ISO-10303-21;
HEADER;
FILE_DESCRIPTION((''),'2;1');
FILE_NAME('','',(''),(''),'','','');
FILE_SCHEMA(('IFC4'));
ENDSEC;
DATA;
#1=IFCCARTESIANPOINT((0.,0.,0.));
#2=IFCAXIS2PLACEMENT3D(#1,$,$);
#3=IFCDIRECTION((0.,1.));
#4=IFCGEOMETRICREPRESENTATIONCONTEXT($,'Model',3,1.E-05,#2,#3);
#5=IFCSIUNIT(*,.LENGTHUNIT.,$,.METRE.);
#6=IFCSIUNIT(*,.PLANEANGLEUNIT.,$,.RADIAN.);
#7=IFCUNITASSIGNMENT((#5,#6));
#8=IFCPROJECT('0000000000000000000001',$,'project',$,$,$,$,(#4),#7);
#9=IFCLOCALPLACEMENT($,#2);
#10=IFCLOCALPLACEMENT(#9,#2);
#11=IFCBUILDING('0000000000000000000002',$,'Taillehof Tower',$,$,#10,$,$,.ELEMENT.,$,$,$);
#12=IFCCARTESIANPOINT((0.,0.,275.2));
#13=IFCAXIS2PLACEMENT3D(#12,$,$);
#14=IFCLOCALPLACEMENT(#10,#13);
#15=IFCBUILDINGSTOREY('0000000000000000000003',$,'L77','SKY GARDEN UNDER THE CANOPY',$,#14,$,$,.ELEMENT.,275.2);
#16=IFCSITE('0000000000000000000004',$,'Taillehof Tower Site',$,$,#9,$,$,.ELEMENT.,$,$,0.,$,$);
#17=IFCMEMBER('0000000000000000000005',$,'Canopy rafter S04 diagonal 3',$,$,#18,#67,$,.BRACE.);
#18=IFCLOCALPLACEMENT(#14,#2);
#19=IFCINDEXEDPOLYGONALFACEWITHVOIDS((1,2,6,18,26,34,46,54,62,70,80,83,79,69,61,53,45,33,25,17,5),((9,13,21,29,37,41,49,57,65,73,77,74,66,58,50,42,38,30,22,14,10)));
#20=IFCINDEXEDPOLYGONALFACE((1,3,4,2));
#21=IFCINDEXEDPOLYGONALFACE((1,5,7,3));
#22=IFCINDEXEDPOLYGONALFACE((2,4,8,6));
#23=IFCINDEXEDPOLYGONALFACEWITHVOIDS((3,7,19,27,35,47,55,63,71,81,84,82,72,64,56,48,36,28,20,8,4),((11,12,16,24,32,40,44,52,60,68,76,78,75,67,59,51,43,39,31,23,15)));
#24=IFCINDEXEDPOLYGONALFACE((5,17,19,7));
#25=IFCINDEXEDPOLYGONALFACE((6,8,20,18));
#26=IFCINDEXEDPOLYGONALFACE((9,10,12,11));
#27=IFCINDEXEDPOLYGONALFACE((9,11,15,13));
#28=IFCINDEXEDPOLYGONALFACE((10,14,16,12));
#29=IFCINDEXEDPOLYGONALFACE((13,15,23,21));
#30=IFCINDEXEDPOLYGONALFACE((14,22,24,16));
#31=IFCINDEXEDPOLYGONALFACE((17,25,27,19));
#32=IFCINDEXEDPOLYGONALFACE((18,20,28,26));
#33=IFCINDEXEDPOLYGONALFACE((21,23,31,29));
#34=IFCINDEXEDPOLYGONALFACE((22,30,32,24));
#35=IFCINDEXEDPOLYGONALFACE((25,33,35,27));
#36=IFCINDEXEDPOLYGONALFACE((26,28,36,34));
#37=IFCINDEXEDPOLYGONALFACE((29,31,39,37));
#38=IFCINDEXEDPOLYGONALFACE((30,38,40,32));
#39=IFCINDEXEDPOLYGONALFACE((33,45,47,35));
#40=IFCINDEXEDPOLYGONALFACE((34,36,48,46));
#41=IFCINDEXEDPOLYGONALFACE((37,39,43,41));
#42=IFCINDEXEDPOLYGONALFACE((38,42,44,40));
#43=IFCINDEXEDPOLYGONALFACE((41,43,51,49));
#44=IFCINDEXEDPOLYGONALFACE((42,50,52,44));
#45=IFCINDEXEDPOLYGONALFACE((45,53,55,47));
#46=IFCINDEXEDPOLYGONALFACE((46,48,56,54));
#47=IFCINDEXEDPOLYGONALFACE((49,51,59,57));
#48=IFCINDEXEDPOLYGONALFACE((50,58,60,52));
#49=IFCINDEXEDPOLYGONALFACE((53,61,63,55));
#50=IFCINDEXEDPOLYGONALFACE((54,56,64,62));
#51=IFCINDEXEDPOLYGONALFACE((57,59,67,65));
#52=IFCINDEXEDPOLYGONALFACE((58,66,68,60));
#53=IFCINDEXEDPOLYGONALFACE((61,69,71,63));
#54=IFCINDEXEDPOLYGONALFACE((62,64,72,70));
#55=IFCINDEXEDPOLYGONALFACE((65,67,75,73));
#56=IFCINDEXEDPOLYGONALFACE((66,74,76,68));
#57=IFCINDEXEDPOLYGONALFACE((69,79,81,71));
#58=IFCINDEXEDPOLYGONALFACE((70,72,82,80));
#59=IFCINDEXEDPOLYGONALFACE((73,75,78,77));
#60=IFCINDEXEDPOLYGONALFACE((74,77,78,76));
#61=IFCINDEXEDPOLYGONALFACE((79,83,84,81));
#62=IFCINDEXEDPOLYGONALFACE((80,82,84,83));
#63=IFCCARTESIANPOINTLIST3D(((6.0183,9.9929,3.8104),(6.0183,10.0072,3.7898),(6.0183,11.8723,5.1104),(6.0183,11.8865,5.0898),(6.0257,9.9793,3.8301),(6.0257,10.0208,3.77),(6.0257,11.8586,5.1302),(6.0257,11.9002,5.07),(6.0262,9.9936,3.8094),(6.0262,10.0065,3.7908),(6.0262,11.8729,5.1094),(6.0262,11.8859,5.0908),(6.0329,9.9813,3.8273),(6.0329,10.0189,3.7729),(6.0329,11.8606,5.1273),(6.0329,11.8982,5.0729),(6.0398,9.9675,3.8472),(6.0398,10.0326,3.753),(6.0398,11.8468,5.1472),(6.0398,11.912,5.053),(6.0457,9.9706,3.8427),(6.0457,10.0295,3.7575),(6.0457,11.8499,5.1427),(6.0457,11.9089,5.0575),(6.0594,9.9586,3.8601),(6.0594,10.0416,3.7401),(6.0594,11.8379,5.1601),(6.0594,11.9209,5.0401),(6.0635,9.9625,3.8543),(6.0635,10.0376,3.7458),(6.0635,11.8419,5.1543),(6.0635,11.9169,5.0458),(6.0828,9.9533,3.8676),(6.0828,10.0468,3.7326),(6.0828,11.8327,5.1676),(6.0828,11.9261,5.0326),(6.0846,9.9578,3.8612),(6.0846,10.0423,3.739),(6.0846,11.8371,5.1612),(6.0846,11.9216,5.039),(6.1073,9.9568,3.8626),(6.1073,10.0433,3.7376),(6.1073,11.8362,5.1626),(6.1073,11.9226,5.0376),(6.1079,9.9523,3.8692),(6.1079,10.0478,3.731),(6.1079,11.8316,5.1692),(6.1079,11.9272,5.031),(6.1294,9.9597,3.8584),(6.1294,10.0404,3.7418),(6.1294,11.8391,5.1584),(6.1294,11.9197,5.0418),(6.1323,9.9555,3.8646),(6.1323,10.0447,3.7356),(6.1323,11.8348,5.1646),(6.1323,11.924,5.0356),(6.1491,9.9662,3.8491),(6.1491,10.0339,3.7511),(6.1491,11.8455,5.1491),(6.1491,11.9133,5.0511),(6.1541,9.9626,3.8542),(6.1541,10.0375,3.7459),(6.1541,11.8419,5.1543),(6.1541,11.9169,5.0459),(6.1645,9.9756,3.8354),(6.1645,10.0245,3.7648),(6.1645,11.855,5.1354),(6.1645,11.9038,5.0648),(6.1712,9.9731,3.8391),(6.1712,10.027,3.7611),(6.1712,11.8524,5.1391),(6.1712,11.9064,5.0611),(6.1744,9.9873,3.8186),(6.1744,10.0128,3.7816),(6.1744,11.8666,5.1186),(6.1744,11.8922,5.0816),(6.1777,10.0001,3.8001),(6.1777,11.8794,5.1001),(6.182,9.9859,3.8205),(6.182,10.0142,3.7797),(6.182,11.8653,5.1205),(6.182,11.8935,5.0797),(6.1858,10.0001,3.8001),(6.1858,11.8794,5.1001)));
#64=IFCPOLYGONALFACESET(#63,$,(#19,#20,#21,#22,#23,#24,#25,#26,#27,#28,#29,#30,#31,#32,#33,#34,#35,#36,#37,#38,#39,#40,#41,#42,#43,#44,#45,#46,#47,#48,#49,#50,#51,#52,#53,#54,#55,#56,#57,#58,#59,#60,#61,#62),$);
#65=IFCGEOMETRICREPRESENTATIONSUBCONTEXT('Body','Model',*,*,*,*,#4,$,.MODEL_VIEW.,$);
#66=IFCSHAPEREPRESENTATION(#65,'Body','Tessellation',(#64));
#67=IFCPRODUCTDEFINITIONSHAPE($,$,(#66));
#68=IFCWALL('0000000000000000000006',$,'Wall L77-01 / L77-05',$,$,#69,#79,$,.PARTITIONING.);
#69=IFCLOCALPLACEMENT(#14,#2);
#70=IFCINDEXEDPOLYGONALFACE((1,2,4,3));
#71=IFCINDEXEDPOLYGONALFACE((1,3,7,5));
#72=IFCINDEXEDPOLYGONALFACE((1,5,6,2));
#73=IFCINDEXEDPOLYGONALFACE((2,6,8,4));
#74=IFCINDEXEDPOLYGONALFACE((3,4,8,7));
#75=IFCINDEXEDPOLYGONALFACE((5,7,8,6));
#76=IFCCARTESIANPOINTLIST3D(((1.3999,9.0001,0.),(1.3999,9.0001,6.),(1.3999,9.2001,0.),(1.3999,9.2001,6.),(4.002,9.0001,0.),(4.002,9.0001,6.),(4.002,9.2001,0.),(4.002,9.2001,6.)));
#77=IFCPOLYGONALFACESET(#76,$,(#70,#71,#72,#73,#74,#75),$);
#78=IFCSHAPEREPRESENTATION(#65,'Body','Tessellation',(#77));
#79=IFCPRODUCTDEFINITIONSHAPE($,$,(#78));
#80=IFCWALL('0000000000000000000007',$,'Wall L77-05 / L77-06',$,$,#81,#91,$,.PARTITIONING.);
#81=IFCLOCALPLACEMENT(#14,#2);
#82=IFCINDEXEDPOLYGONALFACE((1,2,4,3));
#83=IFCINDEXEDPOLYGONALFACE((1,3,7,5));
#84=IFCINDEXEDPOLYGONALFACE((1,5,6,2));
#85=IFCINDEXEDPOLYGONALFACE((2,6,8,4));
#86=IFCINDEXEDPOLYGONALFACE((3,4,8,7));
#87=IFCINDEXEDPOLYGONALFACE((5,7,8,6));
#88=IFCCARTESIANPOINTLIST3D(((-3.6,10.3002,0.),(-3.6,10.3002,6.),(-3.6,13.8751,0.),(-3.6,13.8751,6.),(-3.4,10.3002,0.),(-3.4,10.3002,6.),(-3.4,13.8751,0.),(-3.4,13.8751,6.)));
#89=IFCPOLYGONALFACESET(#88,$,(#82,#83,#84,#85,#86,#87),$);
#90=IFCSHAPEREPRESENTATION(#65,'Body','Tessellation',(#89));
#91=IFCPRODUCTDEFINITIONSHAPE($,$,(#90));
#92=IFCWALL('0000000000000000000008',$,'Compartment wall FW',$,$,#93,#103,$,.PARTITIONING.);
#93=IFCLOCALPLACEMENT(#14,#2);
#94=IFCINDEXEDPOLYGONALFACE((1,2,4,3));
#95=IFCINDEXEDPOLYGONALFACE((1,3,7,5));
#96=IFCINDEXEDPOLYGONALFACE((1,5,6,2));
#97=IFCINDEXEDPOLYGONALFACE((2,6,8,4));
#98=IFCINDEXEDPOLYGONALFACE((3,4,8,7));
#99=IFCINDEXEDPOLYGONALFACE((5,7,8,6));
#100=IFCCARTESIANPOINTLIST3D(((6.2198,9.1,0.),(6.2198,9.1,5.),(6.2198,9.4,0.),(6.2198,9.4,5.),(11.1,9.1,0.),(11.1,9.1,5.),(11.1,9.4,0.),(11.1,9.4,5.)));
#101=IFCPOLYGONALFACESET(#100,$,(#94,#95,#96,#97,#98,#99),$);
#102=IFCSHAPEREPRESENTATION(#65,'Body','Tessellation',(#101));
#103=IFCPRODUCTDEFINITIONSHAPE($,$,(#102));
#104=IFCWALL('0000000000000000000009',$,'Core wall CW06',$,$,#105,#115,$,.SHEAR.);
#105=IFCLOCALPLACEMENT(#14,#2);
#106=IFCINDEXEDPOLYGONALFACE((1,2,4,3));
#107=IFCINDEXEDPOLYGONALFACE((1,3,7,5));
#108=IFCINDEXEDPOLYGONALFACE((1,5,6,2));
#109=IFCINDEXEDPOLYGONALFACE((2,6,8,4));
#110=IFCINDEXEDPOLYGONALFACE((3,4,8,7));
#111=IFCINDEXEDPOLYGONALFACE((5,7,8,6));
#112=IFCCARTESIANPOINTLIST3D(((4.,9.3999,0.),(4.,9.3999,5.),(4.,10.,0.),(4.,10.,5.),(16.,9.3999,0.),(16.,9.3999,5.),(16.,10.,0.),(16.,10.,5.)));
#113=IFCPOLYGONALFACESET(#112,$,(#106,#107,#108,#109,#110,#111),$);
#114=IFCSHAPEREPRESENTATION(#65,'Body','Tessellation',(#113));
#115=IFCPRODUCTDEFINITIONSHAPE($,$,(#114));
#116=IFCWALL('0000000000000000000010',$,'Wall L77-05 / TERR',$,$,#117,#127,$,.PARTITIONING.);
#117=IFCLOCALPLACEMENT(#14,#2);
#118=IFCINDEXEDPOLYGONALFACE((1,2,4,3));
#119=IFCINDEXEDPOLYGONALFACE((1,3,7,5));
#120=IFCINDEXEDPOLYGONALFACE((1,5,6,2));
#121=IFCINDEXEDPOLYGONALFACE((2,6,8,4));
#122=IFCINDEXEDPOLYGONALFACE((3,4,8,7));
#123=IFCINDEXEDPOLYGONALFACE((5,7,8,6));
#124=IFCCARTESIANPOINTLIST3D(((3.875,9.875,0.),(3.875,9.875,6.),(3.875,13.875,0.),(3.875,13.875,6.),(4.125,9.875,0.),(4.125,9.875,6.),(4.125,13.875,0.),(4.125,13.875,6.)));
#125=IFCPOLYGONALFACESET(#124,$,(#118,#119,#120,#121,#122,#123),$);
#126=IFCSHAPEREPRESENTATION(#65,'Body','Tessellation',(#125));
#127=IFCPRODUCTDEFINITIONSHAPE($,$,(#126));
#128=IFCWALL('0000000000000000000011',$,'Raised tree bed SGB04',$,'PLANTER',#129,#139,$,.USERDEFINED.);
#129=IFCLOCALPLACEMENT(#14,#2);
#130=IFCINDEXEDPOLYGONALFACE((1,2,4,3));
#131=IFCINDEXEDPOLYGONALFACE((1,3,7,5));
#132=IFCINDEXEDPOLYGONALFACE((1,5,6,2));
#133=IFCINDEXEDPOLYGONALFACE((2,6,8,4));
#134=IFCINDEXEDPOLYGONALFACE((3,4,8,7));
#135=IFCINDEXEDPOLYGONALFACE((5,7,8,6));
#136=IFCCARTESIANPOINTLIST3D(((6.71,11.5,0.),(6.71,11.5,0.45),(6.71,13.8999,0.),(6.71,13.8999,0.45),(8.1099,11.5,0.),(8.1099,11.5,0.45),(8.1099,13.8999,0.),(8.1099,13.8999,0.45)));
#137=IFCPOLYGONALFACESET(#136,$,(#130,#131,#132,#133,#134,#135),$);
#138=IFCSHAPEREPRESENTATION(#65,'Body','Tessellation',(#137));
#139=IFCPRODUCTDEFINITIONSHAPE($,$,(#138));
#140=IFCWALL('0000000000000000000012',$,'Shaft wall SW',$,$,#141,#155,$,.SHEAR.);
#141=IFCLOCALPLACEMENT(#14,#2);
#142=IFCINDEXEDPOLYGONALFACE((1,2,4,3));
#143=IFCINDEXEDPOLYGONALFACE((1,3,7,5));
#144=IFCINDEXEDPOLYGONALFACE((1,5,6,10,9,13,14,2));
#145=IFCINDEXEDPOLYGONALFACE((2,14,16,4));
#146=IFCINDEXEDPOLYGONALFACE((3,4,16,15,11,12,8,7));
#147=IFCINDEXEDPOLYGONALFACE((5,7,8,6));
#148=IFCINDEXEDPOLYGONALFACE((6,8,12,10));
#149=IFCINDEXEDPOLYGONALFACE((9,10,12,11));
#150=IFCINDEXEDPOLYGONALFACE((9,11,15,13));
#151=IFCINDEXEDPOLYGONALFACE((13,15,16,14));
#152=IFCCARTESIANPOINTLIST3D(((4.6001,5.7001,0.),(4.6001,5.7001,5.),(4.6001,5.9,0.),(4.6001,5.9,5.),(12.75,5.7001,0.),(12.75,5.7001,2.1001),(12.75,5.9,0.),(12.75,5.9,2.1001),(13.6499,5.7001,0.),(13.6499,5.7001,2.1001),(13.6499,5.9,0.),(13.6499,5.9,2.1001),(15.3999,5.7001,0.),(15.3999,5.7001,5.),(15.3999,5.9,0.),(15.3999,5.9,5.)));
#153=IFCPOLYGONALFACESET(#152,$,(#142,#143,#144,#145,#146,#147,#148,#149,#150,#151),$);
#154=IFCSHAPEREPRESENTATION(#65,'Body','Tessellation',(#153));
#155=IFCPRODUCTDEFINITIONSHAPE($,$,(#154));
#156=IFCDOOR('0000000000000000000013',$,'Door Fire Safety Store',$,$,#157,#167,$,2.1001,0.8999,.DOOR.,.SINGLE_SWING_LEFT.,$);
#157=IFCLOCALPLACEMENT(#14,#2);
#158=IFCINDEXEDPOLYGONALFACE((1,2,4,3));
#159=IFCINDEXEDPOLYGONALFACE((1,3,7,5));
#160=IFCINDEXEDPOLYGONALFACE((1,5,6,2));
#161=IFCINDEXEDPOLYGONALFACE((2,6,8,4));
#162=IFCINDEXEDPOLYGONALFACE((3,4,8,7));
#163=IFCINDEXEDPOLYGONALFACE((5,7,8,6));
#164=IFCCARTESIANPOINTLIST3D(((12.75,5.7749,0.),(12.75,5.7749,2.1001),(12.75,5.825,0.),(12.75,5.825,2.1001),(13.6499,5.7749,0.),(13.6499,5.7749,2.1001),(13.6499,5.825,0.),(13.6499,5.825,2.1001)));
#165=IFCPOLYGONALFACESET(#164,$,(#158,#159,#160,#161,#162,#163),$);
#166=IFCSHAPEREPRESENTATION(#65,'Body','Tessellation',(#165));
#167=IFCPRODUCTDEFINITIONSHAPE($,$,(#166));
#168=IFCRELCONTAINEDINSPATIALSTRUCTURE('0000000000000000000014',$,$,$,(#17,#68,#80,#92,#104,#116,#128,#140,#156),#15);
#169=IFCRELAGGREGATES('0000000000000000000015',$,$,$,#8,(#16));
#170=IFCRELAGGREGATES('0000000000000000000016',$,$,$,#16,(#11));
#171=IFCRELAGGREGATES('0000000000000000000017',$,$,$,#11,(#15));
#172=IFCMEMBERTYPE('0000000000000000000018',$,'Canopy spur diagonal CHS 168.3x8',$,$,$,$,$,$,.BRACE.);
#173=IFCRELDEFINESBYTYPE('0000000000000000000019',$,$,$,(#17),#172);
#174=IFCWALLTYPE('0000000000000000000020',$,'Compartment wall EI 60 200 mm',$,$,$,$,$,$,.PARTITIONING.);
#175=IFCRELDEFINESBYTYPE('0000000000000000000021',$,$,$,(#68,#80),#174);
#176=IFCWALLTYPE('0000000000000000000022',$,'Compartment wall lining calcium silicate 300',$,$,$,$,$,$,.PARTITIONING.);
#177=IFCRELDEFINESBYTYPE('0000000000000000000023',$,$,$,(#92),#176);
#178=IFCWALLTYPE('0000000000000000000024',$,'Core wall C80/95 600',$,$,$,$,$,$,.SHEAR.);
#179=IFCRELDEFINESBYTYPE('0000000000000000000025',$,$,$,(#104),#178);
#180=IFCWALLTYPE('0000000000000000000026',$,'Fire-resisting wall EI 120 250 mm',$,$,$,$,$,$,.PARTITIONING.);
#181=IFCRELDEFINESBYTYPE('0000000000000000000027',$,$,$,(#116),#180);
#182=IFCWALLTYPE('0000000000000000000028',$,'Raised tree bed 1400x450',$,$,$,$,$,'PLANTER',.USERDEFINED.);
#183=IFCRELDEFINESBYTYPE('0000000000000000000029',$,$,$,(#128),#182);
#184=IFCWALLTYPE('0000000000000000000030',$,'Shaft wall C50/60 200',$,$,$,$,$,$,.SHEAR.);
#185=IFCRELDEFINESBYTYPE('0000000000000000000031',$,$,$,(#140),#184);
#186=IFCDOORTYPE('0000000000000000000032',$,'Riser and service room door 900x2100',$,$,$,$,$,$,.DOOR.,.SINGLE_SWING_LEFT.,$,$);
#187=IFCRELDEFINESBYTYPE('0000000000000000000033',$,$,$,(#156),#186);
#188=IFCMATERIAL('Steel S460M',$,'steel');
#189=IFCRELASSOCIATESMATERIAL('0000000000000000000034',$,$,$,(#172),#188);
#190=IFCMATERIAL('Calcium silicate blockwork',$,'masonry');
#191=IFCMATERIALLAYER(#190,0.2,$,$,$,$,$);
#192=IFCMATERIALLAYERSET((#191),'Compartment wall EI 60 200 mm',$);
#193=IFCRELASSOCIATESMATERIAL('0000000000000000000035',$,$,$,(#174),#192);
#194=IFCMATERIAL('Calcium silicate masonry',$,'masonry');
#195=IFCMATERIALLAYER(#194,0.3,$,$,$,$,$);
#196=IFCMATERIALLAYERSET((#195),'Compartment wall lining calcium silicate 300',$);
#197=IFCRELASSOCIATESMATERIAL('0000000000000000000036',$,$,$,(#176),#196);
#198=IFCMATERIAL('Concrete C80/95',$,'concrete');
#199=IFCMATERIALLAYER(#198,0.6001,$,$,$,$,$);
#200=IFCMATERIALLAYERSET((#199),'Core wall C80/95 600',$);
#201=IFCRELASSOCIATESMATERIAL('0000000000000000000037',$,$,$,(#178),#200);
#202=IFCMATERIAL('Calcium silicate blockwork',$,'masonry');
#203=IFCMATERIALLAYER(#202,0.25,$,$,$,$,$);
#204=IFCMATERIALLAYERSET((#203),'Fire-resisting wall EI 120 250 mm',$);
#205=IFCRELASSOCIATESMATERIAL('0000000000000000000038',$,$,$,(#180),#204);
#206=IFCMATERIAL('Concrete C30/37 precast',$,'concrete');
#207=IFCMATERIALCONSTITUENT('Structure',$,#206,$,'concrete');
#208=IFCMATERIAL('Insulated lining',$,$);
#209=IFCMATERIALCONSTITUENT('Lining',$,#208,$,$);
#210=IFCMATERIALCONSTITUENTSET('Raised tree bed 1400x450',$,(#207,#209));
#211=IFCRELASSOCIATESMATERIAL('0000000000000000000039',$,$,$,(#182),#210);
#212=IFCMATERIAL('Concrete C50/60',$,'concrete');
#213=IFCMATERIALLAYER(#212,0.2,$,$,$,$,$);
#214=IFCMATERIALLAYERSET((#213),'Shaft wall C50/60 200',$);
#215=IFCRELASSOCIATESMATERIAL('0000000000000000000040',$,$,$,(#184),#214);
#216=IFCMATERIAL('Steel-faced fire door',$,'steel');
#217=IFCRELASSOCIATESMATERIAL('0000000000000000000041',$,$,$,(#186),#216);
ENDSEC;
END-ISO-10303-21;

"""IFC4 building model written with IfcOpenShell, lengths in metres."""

from ifc_helpers import new_model, si_unit, direction, frame, frame_2d, origin, origin_2d, place, context, subcontext, project, spatial, rectangle, hollow_circle, extrude, material, layer, layer_set, constituent, constituent_set, material_profile, profile_set, type_object, element, fill, save


model = new_model("IFC4")

# Units and contexts
model_context = context("Model", 3, precision=1e-05, world=origin(), true_north=direction((0.0, 1.0)))
body_context = subcontext(model_context, "Body", "Model", "MODEL_VIEW")
ifc_project = project(units=[si_unit("LENGTHUNIT", "METRE"), si_unit("PLANEANGLEUNIT", "RADIAN")], contexts=[model_context])

# Site, building, storey
site_placement = place(None, origin())
site = spatial("IfcSite", under=ifc_project, at=site_placement, Name="Taillehof Tower Site", CompositionType="ELEMENT", RefElevation=0.0)
building_placement = place(site_placement, origin())
building = spatial("IfcBuilding", under=site, at=building_placement, Name="Taillehof Tower", CompositionType="ELEMENT")
storey_placement = place(building_placement, frame((0.0, 0.0, 275.2)))
storey = spatial("IfcBuildingStorey", under=building, at=storey_placement, Name="L77", Description="SKY GARDEN UNDER THE CANOPY", CompositionType="ELEMENT", Elevation=275.2)

# Member
ifc_material_1 = material(Name="Steel S460M", Category="steel")
ifc_material_profile_1 = material_profile(ifc_material_1, hollow_circle(Radius=0.0842, WallThickness=0.0081, at=origin_2d()), Name="CHS 168.3x8")
ifc_profile_set_1 = profile_set([ifc_material_profile_1], Name="Steel S460M")
member_type_1 = type_object("IfcMemberType", Name="Canopy spur diagonal CHS 168.3x8", PredefinedType="BRACE", material=ifc_profile_set_1)
for number, where, z_axis, x_axis, name in (
    (1, (6.1016, 11.8794, 5.1001), (0.0, -0.822411, -0.568893), (1.0, 0.0, 0.0), "Canopy rafter S04 diagonal 3"),
):
    element("IfcMember", number, at=place(storey_placement, frame(where, z_axis=z_axis, x_axis=x_axis)), inside=storey, type_object=member_type_1, Name=name, PredefinedType="BRACE", context=body_context, shape_type="SweptSolid", body=[
        extrude(hollow_circle(Radius=0.0842, WallThickness=0.0081, at=origin_2d()), origin(), (0.0, 0.0, 1.0), 2.2852),
    ])

# Walls
ifc_material_2 = material(Name="Calcium silicate blockwork", Category="masonry")
ifc_layer_1 = layer(ifc_material_2, 0.2)
ifc_layer_set_1 = layer_set([ifc_layer_1], Name="Compartment wall EI 60 200 mm")
wall_type_1 = type_object("IfcWallType", Name="Compartment wall EI 60 200 mm", PredefinedType="PARTITIONING", material=ifc_layer_set_1)
wall_1_placement = place(storey_placement, frame((1.3999, 9.1001, 0.0), z_axis=(0.0, 0.0, 1.0), x_axis=(1.0, 0.0, 0.0)))
element("IfcWall", 2, at=wall_1_placement, inside=storey, type_object=wall_type_1, Name="Wall L77-01 / L77-05", PredefinedType="PARTITIONING", context=body_context, shape_type="SweptSolid", body=[
    extrude(rectangle(XDim=2.6021, YDim=0.2, at=frame_2d((1.301, 0.0))), origin(), (0.0, 0.0, 1.0), 6.0),
])
wall_2_placement = place(storey_placement, frame((-3.5, 10.3, 0.0), z_axis=(0.0, 0.0, 1.0), x_axis=(0.0, 1.0, 0.0)))
element("IfcWall", 3, at=wall_2_placement, inside=storey, type_object=wall_type_1, Name="Wall L77-05 / L77-06", PredefinedType="PARTITIONING", context=body_context, shape_type="SweptSolid", body=[
    extrude(rectangle(XDim=3.575, YDim=0.2, at=frame_2d((1.7876, 0.0))), origin(), (0.0, 0.0, 1.0), 6.0),
])
ifc_material_3 = material(Name="Calcium silicate masonry", Category="masonry")
ifc_layer_2 = layer(ifc_material_3, 0.3)
ifc_layer_set_2 = layer_set([ifc_layer_2], Name="Compartment wall lining calcium silicate 300")
wall_type_2 = type_object("IfcWallType", Name="Compartment wall lining calcium silicate 300", PredefinedType="PARTITIONING", material=ifc_layer_set_2)
wall_3_placement = place(storey_placement, frame((6.22, 9.25, 0.0), z_axis=(0.0, 0.0, 1.0), x_axis=(1.0, 0.0, 0.0)))
element("IfcWall", 4, at=wall_3_placement, inside=storey, type_object=wall_type_2, Name="Compartment wall FW", PredefinedType="PARTITIONING", context=body_context, shape_type="SweptSolid", body=[
    extrude(rectangle(XDim=4.8801, YDim=0.3, at=frame_2d((2.4399, 0.0))), origin(), (0.0, 0.0, 1.0), 5.0),
])
ifc_material_4 = material(Name="Concrete C80/95", Category="concrete")
ifc_layer_3 = layer(ifc_material_4, 0.6001)
ifc_layer_set_3 = layer_set([ifc_layer_3], Name="Core wall C80/95 600")
wall_type_3 = type_object("IfcWallType", Name="Core wall C80/95 600", PredefinedType="SHEAR", material=ifc_layer_set_3)
wall_4_placement = place(storey_placement, frame((4.0, 9.7, 0.0), z_axis=(0.0, 0.0, 1.0), x_axis=(1.0, 0.0, 0.0)))
element("IfcWall", 5, at=wall_4_placement, inside=storey, type_object=wall_type_3, Name="Core wall CW06", PredefinedType="SHEAR", context=body_context, shape_type="SweptSolid", body=[
    extrude(rectangle(XDim=12.0, YDim=0.6001, at=frame_2d((6.0, 0.0))), origin(), (0.0, 0.0, 1.0), 5.0),
])
ifc_material_5 = material(Name="Calcium silicate blockwork", Category="masonry")
ifc_layer_4 = layer(ifc_material_5, 0.25)
ifc_layer_set_4 = layer_set([ifc_layer_4], Name="Fire-resisting wall EI 120 250 mm")
wall_type_4 = type_object("IfcWallType", Name="Fire-resisting wall EI 120 250 mm", PredefinedType="PARTITIONING", material=ifc_layer_set_4)
wall_5_placement = place(storey_placement, frame((4.0, 9.875, 0.0), z_axis=(0.0, 0.0, 1.0), x_axis=(0.0, 1.0, 0.0)))
element("IfcWall", 6, at=wall_5_placement, inside=storey, type_object=wall_type_4, Name="Wall L77-05 / TERR", PredefinedType="PARTITIONING", context=body_context, shape_type="SweptSolid", body=[
    extrude(rectangle(XDim=4.0, YDim=0.25, at=frame_2d((2.0, 0.0))), origin(), (0.0, 0.0, 1.0), 6.0),
])
ifc_material_6 = material(Name="Concrete C30/37 precast", Category="concrete")
ifc_constituent_1 = constituent(ifc_material_6, Name="Structure", Category="concrete")
ifc_material_7 = material(Name="Insulated lining")
ifc_constituent_2 = constituent(ifc_material_7, Name="Lining")
ifc_constituent_set = constituent_set(constituents=[ifc_constituent_1, ifc_constituent_2], Name="Raised tree bed 1400x450")
wall_type_5 = type_object("IfcWallType", Name="Raised tree bed 1400x450", ElementType="PLANTER", PredefinedType="USERDEFINED", material=ifc_constituent_set)
wall_6_placement = place(storey_placement, frame((7.4099, 11.5, 0.0), z_axis=(0.0, 0.0, 1.0), x_axis=(0.0, 1.0, 0.0)))
element("IfcWall", 7, at=wall_6_placement, inside=storey, type_object=wall_type_5, Name="Raised tree bed SGB04", ObjectType="PLANTER", PredefinedType="USERDEFINED", context=body_context, shape_type="SweptSolid", body=[
    extrude(rectangle(XDim=2.3999, YDim=1.3999, at=frame_2d((1.2, 0.0))), origin(), (0.0, 0.0, 1.0), 0.45),
])

# Wall, opening, door
ifc_material_8 = material(Name="Concrete C50/60", Category="concrete")
ifc_layer_5 = layer(ifc_material_8, 0.2)
ifc_layer_set_5 = layer_set([ifc_layer_5], Name="Shaft wall C50/60 200")
wall_type_6 = type_object("IfcWallType", Name="Shaft wall C50/60 200", PredefinedType="SHEAR", material=ifc_layer_set_5)
wall_7_placement = place(storey_placement, frame((4.6001, 5.8, 0.0), z_axis=(0.0, 0.0, 1.0), x_axis=(1.0, 0.0, 0.0)))
wall_7 = element("IfcWall", 8, at=wall_7_placement, inside=storey, type_object=wall_type_6, Name="Shaft wall SW", PredefinedType="SHEAR", context=body_context, shape_type="SweptSolid", body=[
    extrude(rectangle(XDim=10.7998, YDim=0.2, at=frame_2d((5.3999, 0.0))), origin(), (0.0, 0.0, 1.0), 5.0),
])
opening_1_placement = place(wall_7_placement, frame((8.1499, 0.0, 0.0)))
opening_1 = element("IfcOpeningElement", 9, at=opening_1_placement, cuts=wall_7, PredefinedType="OPENING", context=body_context, shape_type="SweptSolid", body=[
    extrude(rectangle(XDim=0.8999, YDim=2.1001, at=frame_2d((0.45, 1.05))), frame((0.0, 0.1099, 0.0), z_axis=(0.0, -1.0, 0.0), x_axis=(1.0, 0.0, 0.0)), (0.0, 0.0, 1.0), 0.22),
])
ifc_material_9 = material(Name="Steel-faced fire door", Category="steel")
door_type_1 = type_object("IfcDoorType", Name="Riser and service room door 900x2100", OperationType="SINGLE_SWING_LEFT", PredefinedType="DOOR", material=ifc_material_9)
door_1_placement = place(opening_1_placement, origin())
door_1 = element("IfcDoor", 10, at=door_1_placement, inside=storey, type_object=door_type_1, Name="Door Fire Safety Store", OperationType="SINGLE_SWING_LEFT", OverallHeight=2.1001, OverallWidth=0.8999, PredefinedType="DOOR", context=body_context, shape_type="SweptSolid", body=[
    extrude(rectangle(XDim=0.8999, YDim=2.1001, at=frame_2d((0.45, 1.05))), frame((0.0, 0.0249, 0.0), z_axis=(0.0, -1.0, 0.0), x_axis=(1.0, 0.0, 0.0)), (0.0, 0.0, 1.0), 0.05),
])
fill(opening_1, door_1)

save(model, "model.ifc")
